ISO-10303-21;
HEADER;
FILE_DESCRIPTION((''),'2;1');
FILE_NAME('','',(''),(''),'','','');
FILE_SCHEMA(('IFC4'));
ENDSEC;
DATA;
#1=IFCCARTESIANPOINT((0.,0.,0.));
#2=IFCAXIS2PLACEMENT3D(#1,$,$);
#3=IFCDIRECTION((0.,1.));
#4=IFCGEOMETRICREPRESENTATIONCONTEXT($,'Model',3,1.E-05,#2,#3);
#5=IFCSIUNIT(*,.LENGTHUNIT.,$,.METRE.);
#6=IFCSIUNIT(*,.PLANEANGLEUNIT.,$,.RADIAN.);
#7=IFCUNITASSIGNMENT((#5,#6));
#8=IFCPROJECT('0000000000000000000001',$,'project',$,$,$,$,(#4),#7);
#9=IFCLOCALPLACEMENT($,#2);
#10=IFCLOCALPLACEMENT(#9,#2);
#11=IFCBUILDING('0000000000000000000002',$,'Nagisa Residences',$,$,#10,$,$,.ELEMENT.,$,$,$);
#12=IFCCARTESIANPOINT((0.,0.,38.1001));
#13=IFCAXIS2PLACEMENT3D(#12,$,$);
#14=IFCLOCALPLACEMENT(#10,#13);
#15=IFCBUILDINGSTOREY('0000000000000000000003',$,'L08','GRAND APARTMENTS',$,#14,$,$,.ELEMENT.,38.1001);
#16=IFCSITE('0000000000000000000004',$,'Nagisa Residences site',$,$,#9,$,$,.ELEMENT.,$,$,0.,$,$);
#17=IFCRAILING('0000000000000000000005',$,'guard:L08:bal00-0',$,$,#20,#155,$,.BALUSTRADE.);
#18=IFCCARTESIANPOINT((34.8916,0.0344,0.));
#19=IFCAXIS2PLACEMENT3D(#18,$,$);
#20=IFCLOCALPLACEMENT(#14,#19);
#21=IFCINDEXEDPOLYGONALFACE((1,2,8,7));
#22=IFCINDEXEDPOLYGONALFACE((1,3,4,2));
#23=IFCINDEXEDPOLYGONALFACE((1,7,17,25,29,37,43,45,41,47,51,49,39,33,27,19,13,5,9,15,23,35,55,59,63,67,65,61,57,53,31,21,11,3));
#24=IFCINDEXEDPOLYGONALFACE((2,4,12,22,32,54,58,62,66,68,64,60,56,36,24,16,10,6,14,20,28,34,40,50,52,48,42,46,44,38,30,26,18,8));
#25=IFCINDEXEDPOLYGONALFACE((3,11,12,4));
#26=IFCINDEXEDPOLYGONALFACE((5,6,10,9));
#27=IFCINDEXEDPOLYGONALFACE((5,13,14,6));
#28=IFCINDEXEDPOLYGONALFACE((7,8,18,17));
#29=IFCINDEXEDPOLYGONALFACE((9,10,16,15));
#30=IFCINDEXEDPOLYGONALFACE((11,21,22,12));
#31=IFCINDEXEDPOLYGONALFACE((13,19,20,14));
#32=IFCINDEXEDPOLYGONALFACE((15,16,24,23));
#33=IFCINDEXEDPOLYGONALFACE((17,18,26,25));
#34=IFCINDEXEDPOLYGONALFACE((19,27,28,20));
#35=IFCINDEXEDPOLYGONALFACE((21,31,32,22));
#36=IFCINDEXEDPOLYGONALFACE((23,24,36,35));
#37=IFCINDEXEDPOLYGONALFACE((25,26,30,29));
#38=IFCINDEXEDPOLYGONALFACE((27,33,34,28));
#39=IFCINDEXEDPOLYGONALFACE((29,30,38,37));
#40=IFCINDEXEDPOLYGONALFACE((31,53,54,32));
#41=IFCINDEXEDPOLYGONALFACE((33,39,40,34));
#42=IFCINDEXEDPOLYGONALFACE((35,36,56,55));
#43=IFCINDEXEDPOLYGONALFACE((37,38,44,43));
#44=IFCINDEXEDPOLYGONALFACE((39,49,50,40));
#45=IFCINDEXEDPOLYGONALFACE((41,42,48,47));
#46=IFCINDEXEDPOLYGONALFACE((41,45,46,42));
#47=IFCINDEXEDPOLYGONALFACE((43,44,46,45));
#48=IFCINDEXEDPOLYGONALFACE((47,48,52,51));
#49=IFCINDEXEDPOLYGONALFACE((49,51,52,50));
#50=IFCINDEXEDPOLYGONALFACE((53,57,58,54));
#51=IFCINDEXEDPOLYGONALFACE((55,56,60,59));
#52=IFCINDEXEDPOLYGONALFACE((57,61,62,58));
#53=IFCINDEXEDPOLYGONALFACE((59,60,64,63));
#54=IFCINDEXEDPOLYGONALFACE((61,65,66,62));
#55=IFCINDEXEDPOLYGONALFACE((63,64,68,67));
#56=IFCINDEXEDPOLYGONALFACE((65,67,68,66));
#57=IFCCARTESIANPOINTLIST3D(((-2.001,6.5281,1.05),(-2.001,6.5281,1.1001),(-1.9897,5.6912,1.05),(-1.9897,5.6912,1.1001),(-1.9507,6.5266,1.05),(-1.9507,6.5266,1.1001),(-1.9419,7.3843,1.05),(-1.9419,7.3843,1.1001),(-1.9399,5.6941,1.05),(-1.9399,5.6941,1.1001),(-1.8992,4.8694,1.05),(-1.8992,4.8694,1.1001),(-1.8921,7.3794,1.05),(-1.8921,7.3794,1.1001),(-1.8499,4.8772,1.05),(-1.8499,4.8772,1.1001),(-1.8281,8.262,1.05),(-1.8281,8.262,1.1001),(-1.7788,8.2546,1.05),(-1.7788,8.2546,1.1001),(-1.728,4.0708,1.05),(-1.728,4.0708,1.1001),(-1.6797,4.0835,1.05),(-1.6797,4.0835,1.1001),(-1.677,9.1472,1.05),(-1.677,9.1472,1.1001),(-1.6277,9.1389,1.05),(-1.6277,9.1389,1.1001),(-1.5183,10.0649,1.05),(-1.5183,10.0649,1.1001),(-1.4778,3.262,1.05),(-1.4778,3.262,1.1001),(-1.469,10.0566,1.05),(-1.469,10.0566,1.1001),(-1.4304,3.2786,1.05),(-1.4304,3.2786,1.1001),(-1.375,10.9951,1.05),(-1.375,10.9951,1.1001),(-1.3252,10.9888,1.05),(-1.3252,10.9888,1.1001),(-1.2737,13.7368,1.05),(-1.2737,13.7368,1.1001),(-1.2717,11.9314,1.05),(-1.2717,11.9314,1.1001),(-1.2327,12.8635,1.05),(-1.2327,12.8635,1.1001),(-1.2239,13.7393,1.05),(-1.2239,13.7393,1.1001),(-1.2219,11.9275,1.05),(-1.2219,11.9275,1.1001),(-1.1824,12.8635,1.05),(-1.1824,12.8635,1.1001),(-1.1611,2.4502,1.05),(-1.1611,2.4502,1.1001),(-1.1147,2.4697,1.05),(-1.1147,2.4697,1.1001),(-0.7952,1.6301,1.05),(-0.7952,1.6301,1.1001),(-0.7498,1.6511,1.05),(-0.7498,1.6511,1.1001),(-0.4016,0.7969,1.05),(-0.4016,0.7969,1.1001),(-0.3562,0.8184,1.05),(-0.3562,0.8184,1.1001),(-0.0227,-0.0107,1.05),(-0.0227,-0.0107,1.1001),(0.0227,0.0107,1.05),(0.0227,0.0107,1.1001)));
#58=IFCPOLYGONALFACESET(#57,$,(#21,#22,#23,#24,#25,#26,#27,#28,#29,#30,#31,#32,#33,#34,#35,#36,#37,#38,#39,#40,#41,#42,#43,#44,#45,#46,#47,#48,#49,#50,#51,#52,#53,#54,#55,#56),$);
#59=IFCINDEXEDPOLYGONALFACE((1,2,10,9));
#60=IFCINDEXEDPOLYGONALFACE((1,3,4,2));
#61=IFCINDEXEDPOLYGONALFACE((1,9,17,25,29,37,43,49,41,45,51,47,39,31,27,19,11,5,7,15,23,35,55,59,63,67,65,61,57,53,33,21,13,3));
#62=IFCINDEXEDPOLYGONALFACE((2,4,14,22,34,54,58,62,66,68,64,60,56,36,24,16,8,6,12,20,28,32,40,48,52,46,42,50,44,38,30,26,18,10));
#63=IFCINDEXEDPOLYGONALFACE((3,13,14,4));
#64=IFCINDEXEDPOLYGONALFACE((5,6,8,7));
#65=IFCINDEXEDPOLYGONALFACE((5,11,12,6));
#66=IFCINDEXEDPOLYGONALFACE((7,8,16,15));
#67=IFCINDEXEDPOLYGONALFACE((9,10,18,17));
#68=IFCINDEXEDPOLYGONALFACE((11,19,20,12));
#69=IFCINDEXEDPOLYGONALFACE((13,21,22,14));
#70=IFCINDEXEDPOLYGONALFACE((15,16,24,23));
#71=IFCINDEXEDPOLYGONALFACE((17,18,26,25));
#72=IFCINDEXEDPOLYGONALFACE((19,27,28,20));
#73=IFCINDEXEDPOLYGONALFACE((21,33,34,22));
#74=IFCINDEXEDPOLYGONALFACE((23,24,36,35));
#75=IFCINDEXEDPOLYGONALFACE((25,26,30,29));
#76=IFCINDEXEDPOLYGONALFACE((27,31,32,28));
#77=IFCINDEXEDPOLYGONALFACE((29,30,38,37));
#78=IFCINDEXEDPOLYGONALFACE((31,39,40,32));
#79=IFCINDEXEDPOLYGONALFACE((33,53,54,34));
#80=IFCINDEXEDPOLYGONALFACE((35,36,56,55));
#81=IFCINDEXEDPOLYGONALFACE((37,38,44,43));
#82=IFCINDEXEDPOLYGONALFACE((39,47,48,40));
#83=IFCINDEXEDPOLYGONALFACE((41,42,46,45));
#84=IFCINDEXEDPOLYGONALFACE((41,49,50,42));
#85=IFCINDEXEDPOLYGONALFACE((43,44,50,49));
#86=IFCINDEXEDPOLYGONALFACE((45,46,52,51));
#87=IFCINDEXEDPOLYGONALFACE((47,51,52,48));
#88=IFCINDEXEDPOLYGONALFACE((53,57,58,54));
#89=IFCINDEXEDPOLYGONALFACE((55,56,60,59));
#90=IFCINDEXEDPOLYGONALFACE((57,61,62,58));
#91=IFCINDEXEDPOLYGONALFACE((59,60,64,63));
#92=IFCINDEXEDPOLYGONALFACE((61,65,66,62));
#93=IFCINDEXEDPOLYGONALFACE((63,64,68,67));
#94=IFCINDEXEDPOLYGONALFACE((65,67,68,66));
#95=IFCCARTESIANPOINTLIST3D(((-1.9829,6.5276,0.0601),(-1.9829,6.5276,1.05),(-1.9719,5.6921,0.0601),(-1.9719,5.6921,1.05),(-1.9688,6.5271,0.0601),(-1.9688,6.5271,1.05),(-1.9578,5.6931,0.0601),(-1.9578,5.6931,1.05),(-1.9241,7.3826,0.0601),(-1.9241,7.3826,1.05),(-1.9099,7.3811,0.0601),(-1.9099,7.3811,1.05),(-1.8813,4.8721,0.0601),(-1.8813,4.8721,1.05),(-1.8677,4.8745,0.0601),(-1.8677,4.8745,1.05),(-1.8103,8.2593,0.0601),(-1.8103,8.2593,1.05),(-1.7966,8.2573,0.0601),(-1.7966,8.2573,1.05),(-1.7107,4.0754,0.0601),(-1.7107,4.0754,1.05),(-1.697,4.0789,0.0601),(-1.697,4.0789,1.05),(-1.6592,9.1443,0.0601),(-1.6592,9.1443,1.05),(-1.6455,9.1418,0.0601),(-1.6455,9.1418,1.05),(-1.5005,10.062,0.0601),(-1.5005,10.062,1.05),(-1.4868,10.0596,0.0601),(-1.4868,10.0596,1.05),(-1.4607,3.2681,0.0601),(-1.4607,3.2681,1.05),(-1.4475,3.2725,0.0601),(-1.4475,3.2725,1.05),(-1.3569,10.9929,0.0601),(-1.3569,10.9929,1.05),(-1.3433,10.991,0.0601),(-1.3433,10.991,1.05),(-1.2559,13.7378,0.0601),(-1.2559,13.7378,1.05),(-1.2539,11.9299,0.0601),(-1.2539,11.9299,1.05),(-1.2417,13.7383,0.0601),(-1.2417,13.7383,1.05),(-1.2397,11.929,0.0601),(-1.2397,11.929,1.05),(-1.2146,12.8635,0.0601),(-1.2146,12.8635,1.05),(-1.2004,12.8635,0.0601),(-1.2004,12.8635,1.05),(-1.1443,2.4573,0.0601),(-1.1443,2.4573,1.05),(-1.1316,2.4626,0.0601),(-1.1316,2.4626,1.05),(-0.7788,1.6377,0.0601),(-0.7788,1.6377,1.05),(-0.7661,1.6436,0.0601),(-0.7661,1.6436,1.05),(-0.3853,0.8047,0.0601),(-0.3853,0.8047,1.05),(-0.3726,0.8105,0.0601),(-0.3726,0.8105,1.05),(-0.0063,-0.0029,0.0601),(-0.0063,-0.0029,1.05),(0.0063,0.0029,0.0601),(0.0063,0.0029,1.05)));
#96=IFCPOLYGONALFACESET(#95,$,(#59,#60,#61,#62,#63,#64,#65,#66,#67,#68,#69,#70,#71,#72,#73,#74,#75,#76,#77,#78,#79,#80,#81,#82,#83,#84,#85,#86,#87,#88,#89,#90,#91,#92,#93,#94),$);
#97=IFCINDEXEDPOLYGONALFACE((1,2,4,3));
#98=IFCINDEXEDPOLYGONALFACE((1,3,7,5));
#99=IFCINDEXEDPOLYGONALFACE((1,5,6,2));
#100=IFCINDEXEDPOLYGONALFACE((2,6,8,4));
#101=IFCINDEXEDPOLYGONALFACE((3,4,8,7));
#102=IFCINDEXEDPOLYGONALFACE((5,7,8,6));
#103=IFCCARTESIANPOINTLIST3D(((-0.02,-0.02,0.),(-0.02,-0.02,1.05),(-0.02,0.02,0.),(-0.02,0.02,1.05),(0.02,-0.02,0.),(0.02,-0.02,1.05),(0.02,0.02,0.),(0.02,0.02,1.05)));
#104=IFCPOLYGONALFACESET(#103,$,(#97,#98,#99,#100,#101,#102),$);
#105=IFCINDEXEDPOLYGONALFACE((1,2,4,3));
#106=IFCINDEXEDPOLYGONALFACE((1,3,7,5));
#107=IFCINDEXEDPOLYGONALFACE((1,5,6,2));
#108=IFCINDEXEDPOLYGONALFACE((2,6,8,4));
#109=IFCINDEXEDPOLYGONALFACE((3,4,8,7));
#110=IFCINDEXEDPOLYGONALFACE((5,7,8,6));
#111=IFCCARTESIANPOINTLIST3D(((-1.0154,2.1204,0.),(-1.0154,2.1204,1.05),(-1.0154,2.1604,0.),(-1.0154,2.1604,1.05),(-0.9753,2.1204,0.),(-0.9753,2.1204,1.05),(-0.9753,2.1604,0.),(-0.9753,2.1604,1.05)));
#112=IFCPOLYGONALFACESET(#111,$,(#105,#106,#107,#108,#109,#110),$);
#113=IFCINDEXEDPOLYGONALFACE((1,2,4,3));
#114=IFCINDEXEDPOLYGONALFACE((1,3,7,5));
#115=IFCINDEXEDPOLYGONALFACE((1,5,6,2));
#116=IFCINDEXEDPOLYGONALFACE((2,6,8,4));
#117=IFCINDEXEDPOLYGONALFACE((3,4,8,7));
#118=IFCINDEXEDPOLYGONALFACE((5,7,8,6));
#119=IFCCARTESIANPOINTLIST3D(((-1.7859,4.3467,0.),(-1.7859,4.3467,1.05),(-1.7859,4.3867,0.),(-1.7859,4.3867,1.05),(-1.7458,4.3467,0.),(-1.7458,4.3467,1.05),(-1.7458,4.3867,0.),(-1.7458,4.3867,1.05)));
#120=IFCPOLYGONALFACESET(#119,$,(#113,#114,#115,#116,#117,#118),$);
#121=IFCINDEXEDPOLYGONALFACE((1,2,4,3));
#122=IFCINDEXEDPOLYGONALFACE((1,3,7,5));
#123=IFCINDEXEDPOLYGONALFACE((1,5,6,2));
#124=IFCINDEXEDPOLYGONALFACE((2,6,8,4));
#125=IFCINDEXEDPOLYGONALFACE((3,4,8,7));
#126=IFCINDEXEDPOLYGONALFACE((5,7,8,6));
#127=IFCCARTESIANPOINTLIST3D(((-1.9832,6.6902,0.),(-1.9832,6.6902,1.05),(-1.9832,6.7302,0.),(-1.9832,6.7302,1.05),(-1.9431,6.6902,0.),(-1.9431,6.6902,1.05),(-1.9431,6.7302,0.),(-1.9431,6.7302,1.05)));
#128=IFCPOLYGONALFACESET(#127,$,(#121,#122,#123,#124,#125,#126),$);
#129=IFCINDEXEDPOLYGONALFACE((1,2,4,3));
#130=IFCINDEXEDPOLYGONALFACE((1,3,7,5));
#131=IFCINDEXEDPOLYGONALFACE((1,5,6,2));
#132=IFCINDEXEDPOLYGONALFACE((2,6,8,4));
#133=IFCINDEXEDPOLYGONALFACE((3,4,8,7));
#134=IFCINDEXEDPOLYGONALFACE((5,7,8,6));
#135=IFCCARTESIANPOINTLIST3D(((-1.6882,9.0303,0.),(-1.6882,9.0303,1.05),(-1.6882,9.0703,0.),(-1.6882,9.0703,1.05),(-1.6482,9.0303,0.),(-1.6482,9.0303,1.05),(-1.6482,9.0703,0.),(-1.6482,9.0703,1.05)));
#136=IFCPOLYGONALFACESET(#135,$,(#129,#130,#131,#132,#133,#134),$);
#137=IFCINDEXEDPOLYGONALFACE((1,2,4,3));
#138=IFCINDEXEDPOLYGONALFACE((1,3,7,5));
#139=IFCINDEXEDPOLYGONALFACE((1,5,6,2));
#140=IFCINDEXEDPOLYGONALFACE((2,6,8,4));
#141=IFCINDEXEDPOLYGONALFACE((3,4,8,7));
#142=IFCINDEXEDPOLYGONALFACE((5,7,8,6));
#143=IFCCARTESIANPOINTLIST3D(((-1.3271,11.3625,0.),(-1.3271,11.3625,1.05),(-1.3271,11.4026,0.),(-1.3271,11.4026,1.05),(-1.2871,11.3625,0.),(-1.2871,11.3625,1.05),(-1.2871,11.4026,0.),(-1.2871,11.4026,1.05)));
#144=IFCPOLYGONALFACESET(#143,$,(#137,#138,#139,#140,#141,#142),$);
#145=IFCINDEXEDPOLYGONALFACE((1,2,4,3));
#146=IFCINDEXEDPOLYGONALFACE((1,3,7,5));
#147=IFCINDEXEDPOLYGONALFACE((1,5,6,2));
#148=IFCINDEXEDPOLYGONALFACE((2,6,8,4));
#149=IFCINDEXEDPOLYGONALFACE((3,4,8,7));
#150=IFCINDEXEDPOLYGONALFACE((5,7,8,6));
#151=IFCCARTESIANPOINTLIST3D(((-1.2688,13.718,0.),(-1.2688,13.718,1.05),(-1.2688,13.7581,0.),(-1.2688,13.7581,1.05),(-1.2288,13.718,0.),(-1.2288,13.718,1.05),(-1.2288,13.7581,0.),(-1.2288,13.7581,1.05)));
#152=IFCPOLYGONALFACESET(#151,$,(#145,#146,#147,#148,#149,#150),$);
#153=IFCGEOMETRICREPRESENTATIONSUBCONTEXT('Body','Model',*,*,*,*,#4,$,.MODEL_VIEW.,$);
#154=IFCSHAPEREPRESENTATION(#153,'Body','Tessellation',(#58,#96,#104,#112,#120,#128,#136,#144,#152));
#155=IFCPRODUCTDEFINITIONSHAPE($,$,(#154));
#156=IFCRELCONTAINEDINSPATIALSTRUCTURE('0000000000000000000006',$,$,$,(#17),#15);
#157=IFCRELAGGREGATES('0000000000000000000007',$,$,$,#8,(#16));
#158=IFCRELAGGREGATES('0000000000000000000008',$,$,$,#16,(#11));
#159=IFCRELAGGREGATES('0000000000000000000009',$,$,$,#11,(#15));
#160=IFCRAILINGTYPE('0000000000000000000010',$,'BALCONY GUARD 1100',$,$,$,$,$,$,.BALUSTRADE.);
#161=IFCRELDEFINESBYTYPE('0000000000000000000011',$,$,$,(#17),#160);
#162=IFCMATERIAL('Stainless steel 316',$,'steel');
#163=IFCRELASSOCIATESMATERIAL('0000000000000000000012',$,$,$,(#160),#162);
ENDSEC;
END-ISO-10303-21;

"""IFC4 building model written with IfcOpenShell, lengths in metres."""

from ifc_helpers import new_model, si_unit, direction, frame, origin, origin_2d, place, context, subcontext, project, spatial, polyline, rectangle, outline, extrude, material, type_object, element, save


model = new_model("IFC4")

# Units and contexts
model_context = context("Model", 3, precision=1e-05, world=origin(), true_north=direction((0.0, 1.0)))
body_context = subcontext(model_context, "Body", "Model", "MODEL_VIEW")
ifc_project = project(units=[si_unit("LENGTHUNIT", "METRE"), si_unit("PLANEANGLEUNIT", "RADIAN")], contexts=[model_context])

# Site, building, storey
site_placement = place(None, origin())
site = spatial("IfcSite", under=ifc_project, at=site_placement, Name="Nagisa Residences site", CompositionType="ELEMENT", RefElevation=0.0)
building_placement = place(site_placement, origin())
building = spatial("IfcBuilding", under=site, at=building_placement, Name="Nagisa Residences", CompositionType="ELEMENT")
storey_placement = place(building_placement, frame((0.0, 0.0, 38.1001)))
storey = spatial("IfcBuildingStorey", under=building, at=storey_placement, Name="L08", Description="GRAND APARTMENTS", CompositionType="ELEMENT", Elevation=38.1001)

# Railing
ifc_material_1 = material(Name="Stainless steel 316", Category="steel")
railing_type = type_object("IfcRailingType", Name="BALCONY GUARD 1100", PredefinedType="BALUSTRADE", material=ifc_material_1)
railing_1_placement = place(storey_placement, frame((34.8916, 0.0344, 0.0)))
element("IfcRailing", 1, at=railing_1_placement, inside=storey, type_object=railing_type, Name="guard:L08:bal00-0", PredefinedType="BALUSTRADE", context=body_context, shape_type="SweptSolid", body=[
    extrude(outline(polyline([(-0.4016, 0.7969), (-0.0227, -0.0107), (0.0227, 0.0107), (-0.3562, 0.8184), (-0.7498, 1.6511), (-1.1147, 2.4697), (-1.4304, 3.2786), (-1.6797, 4.0835), (-1.8499, 4.8772), (-1.9399, 5.6941), (-1.9507, 6.5266), (-1.8921, 7.3794), (-1.7788, 8.2546), (-1.6277, 9.1389), (-1.469, 10.0566), (-1.3252, 10.9888), (-1.2219, 11.9275), (-1.1824, 12.8635), (-1.2239, 13.7393), (-1.2737, 13.7368), (-1.2327, 12.8635), (-1.2717, 11.9314), (-1.375, 10.9951), (-1.5183, 10.0649), (-1.677, 9.1472), (-1.8281, 8.262), (-1.9419, 7.3843), (-2.001, 6.5281), (-1.9897, 5.6912), (-1.8992, 4.8694), (-1.728, 4.0708), (-1.4778, 3.262), (-1.1611, 2.4502), (-0.7952, 1.6301), (-0.4016, 0.7969)])), frame((0.0, 0.0, 1.05)), (0.0, 0.0, 1.0), 0.05),
    extrude(outline(polyline([(-0.3853, 0.8047), (-0.0063, -0.0029), (0.0063, 0.0029), (-0.3726, 0.8105), (-0.7661, 1.6436), (-1.1316, 2.4626), (-1.4475, 3.2725), (-1.697, 4.0789), (-1.8677, 4.8745), (-1.9578, 5.6931), (-1.9688, 6.5271), (-1.9099, 7.3811), (-1.7966, 8.2573), (-1.6455, 9.1418), (-1.4868, 10.0596), (-1.3433, 10.991), (-1.2397, 11.929), (-1.2004, 12.8635), (-1.2417, 13.7383), (-1.2559, 13.7378), (-1.2146, 12.8635), (-1.2539, 11.9299), (-1.3569, 10.9929), (-1.5005, 10.062), (-1.6592, 9.1443), (-1.8103, 8.2593), (-1.9241, 7.3826), (-1.9829, 6.5276), (-1.9719, 5.6921), (-1.8813, 4.8721), (-1.7107, 4.0754), (-1.4607, 3.2681), (-1.1443, 2.4573), (-0.7788, 1.6377), (-0.3853, 0.8047)])), frame((0.0, 0.0, 0.0601)), (0.0, 0.0, 1.0), 0.99),
    extrude(rectangle(XDim=0.04, YDim=0.04, at=origin_2d()), origin(), (0.0, 0.0, 1.0), 1.05),
    extrude(rectangle(XDim=0.04, YDim=0.04, at=origin_2d()), frame((-0.9954, 2.1404, 0.0)), (0.0, 0.0, 1.0), 1.05),
    extrude(rectangle(XDim=0.04, YDim=0.04, at=origin_2d()), frame((-1.7659, 4.3667, 0.0)), (0.0, 0.0, 1.0), 1.05),
    extrude(rectangle(XDim=0.04, YDim=0.04, at=origin_2d()), frame((-1.9631, 6.7102, 0.0)), (0.0, 0.0, 1.0), 1.05),
    extrude(rectangle(XDim=0.04, YDim=0.04, at=origin_2d()), frame((-1.6682, 9.0503, 0.0)), (0.0, 0.0, 1.0), 1.05),
    extrude(rectangle(XDim=0.04, YDim=0.04, at=origin_2d()), frame((-1.3071, 11.3826, 0.0)), (0.0, 0.0, 1.0), 1.05),
    extrude(rectangle(XDim=0.04, YDim=0.04, at=origin_2d()), frame((-1.2488, 13.738, 0.0)), (0.0, 0.0, 1.0), 1.05),
])

save(model, "model.ifc")
